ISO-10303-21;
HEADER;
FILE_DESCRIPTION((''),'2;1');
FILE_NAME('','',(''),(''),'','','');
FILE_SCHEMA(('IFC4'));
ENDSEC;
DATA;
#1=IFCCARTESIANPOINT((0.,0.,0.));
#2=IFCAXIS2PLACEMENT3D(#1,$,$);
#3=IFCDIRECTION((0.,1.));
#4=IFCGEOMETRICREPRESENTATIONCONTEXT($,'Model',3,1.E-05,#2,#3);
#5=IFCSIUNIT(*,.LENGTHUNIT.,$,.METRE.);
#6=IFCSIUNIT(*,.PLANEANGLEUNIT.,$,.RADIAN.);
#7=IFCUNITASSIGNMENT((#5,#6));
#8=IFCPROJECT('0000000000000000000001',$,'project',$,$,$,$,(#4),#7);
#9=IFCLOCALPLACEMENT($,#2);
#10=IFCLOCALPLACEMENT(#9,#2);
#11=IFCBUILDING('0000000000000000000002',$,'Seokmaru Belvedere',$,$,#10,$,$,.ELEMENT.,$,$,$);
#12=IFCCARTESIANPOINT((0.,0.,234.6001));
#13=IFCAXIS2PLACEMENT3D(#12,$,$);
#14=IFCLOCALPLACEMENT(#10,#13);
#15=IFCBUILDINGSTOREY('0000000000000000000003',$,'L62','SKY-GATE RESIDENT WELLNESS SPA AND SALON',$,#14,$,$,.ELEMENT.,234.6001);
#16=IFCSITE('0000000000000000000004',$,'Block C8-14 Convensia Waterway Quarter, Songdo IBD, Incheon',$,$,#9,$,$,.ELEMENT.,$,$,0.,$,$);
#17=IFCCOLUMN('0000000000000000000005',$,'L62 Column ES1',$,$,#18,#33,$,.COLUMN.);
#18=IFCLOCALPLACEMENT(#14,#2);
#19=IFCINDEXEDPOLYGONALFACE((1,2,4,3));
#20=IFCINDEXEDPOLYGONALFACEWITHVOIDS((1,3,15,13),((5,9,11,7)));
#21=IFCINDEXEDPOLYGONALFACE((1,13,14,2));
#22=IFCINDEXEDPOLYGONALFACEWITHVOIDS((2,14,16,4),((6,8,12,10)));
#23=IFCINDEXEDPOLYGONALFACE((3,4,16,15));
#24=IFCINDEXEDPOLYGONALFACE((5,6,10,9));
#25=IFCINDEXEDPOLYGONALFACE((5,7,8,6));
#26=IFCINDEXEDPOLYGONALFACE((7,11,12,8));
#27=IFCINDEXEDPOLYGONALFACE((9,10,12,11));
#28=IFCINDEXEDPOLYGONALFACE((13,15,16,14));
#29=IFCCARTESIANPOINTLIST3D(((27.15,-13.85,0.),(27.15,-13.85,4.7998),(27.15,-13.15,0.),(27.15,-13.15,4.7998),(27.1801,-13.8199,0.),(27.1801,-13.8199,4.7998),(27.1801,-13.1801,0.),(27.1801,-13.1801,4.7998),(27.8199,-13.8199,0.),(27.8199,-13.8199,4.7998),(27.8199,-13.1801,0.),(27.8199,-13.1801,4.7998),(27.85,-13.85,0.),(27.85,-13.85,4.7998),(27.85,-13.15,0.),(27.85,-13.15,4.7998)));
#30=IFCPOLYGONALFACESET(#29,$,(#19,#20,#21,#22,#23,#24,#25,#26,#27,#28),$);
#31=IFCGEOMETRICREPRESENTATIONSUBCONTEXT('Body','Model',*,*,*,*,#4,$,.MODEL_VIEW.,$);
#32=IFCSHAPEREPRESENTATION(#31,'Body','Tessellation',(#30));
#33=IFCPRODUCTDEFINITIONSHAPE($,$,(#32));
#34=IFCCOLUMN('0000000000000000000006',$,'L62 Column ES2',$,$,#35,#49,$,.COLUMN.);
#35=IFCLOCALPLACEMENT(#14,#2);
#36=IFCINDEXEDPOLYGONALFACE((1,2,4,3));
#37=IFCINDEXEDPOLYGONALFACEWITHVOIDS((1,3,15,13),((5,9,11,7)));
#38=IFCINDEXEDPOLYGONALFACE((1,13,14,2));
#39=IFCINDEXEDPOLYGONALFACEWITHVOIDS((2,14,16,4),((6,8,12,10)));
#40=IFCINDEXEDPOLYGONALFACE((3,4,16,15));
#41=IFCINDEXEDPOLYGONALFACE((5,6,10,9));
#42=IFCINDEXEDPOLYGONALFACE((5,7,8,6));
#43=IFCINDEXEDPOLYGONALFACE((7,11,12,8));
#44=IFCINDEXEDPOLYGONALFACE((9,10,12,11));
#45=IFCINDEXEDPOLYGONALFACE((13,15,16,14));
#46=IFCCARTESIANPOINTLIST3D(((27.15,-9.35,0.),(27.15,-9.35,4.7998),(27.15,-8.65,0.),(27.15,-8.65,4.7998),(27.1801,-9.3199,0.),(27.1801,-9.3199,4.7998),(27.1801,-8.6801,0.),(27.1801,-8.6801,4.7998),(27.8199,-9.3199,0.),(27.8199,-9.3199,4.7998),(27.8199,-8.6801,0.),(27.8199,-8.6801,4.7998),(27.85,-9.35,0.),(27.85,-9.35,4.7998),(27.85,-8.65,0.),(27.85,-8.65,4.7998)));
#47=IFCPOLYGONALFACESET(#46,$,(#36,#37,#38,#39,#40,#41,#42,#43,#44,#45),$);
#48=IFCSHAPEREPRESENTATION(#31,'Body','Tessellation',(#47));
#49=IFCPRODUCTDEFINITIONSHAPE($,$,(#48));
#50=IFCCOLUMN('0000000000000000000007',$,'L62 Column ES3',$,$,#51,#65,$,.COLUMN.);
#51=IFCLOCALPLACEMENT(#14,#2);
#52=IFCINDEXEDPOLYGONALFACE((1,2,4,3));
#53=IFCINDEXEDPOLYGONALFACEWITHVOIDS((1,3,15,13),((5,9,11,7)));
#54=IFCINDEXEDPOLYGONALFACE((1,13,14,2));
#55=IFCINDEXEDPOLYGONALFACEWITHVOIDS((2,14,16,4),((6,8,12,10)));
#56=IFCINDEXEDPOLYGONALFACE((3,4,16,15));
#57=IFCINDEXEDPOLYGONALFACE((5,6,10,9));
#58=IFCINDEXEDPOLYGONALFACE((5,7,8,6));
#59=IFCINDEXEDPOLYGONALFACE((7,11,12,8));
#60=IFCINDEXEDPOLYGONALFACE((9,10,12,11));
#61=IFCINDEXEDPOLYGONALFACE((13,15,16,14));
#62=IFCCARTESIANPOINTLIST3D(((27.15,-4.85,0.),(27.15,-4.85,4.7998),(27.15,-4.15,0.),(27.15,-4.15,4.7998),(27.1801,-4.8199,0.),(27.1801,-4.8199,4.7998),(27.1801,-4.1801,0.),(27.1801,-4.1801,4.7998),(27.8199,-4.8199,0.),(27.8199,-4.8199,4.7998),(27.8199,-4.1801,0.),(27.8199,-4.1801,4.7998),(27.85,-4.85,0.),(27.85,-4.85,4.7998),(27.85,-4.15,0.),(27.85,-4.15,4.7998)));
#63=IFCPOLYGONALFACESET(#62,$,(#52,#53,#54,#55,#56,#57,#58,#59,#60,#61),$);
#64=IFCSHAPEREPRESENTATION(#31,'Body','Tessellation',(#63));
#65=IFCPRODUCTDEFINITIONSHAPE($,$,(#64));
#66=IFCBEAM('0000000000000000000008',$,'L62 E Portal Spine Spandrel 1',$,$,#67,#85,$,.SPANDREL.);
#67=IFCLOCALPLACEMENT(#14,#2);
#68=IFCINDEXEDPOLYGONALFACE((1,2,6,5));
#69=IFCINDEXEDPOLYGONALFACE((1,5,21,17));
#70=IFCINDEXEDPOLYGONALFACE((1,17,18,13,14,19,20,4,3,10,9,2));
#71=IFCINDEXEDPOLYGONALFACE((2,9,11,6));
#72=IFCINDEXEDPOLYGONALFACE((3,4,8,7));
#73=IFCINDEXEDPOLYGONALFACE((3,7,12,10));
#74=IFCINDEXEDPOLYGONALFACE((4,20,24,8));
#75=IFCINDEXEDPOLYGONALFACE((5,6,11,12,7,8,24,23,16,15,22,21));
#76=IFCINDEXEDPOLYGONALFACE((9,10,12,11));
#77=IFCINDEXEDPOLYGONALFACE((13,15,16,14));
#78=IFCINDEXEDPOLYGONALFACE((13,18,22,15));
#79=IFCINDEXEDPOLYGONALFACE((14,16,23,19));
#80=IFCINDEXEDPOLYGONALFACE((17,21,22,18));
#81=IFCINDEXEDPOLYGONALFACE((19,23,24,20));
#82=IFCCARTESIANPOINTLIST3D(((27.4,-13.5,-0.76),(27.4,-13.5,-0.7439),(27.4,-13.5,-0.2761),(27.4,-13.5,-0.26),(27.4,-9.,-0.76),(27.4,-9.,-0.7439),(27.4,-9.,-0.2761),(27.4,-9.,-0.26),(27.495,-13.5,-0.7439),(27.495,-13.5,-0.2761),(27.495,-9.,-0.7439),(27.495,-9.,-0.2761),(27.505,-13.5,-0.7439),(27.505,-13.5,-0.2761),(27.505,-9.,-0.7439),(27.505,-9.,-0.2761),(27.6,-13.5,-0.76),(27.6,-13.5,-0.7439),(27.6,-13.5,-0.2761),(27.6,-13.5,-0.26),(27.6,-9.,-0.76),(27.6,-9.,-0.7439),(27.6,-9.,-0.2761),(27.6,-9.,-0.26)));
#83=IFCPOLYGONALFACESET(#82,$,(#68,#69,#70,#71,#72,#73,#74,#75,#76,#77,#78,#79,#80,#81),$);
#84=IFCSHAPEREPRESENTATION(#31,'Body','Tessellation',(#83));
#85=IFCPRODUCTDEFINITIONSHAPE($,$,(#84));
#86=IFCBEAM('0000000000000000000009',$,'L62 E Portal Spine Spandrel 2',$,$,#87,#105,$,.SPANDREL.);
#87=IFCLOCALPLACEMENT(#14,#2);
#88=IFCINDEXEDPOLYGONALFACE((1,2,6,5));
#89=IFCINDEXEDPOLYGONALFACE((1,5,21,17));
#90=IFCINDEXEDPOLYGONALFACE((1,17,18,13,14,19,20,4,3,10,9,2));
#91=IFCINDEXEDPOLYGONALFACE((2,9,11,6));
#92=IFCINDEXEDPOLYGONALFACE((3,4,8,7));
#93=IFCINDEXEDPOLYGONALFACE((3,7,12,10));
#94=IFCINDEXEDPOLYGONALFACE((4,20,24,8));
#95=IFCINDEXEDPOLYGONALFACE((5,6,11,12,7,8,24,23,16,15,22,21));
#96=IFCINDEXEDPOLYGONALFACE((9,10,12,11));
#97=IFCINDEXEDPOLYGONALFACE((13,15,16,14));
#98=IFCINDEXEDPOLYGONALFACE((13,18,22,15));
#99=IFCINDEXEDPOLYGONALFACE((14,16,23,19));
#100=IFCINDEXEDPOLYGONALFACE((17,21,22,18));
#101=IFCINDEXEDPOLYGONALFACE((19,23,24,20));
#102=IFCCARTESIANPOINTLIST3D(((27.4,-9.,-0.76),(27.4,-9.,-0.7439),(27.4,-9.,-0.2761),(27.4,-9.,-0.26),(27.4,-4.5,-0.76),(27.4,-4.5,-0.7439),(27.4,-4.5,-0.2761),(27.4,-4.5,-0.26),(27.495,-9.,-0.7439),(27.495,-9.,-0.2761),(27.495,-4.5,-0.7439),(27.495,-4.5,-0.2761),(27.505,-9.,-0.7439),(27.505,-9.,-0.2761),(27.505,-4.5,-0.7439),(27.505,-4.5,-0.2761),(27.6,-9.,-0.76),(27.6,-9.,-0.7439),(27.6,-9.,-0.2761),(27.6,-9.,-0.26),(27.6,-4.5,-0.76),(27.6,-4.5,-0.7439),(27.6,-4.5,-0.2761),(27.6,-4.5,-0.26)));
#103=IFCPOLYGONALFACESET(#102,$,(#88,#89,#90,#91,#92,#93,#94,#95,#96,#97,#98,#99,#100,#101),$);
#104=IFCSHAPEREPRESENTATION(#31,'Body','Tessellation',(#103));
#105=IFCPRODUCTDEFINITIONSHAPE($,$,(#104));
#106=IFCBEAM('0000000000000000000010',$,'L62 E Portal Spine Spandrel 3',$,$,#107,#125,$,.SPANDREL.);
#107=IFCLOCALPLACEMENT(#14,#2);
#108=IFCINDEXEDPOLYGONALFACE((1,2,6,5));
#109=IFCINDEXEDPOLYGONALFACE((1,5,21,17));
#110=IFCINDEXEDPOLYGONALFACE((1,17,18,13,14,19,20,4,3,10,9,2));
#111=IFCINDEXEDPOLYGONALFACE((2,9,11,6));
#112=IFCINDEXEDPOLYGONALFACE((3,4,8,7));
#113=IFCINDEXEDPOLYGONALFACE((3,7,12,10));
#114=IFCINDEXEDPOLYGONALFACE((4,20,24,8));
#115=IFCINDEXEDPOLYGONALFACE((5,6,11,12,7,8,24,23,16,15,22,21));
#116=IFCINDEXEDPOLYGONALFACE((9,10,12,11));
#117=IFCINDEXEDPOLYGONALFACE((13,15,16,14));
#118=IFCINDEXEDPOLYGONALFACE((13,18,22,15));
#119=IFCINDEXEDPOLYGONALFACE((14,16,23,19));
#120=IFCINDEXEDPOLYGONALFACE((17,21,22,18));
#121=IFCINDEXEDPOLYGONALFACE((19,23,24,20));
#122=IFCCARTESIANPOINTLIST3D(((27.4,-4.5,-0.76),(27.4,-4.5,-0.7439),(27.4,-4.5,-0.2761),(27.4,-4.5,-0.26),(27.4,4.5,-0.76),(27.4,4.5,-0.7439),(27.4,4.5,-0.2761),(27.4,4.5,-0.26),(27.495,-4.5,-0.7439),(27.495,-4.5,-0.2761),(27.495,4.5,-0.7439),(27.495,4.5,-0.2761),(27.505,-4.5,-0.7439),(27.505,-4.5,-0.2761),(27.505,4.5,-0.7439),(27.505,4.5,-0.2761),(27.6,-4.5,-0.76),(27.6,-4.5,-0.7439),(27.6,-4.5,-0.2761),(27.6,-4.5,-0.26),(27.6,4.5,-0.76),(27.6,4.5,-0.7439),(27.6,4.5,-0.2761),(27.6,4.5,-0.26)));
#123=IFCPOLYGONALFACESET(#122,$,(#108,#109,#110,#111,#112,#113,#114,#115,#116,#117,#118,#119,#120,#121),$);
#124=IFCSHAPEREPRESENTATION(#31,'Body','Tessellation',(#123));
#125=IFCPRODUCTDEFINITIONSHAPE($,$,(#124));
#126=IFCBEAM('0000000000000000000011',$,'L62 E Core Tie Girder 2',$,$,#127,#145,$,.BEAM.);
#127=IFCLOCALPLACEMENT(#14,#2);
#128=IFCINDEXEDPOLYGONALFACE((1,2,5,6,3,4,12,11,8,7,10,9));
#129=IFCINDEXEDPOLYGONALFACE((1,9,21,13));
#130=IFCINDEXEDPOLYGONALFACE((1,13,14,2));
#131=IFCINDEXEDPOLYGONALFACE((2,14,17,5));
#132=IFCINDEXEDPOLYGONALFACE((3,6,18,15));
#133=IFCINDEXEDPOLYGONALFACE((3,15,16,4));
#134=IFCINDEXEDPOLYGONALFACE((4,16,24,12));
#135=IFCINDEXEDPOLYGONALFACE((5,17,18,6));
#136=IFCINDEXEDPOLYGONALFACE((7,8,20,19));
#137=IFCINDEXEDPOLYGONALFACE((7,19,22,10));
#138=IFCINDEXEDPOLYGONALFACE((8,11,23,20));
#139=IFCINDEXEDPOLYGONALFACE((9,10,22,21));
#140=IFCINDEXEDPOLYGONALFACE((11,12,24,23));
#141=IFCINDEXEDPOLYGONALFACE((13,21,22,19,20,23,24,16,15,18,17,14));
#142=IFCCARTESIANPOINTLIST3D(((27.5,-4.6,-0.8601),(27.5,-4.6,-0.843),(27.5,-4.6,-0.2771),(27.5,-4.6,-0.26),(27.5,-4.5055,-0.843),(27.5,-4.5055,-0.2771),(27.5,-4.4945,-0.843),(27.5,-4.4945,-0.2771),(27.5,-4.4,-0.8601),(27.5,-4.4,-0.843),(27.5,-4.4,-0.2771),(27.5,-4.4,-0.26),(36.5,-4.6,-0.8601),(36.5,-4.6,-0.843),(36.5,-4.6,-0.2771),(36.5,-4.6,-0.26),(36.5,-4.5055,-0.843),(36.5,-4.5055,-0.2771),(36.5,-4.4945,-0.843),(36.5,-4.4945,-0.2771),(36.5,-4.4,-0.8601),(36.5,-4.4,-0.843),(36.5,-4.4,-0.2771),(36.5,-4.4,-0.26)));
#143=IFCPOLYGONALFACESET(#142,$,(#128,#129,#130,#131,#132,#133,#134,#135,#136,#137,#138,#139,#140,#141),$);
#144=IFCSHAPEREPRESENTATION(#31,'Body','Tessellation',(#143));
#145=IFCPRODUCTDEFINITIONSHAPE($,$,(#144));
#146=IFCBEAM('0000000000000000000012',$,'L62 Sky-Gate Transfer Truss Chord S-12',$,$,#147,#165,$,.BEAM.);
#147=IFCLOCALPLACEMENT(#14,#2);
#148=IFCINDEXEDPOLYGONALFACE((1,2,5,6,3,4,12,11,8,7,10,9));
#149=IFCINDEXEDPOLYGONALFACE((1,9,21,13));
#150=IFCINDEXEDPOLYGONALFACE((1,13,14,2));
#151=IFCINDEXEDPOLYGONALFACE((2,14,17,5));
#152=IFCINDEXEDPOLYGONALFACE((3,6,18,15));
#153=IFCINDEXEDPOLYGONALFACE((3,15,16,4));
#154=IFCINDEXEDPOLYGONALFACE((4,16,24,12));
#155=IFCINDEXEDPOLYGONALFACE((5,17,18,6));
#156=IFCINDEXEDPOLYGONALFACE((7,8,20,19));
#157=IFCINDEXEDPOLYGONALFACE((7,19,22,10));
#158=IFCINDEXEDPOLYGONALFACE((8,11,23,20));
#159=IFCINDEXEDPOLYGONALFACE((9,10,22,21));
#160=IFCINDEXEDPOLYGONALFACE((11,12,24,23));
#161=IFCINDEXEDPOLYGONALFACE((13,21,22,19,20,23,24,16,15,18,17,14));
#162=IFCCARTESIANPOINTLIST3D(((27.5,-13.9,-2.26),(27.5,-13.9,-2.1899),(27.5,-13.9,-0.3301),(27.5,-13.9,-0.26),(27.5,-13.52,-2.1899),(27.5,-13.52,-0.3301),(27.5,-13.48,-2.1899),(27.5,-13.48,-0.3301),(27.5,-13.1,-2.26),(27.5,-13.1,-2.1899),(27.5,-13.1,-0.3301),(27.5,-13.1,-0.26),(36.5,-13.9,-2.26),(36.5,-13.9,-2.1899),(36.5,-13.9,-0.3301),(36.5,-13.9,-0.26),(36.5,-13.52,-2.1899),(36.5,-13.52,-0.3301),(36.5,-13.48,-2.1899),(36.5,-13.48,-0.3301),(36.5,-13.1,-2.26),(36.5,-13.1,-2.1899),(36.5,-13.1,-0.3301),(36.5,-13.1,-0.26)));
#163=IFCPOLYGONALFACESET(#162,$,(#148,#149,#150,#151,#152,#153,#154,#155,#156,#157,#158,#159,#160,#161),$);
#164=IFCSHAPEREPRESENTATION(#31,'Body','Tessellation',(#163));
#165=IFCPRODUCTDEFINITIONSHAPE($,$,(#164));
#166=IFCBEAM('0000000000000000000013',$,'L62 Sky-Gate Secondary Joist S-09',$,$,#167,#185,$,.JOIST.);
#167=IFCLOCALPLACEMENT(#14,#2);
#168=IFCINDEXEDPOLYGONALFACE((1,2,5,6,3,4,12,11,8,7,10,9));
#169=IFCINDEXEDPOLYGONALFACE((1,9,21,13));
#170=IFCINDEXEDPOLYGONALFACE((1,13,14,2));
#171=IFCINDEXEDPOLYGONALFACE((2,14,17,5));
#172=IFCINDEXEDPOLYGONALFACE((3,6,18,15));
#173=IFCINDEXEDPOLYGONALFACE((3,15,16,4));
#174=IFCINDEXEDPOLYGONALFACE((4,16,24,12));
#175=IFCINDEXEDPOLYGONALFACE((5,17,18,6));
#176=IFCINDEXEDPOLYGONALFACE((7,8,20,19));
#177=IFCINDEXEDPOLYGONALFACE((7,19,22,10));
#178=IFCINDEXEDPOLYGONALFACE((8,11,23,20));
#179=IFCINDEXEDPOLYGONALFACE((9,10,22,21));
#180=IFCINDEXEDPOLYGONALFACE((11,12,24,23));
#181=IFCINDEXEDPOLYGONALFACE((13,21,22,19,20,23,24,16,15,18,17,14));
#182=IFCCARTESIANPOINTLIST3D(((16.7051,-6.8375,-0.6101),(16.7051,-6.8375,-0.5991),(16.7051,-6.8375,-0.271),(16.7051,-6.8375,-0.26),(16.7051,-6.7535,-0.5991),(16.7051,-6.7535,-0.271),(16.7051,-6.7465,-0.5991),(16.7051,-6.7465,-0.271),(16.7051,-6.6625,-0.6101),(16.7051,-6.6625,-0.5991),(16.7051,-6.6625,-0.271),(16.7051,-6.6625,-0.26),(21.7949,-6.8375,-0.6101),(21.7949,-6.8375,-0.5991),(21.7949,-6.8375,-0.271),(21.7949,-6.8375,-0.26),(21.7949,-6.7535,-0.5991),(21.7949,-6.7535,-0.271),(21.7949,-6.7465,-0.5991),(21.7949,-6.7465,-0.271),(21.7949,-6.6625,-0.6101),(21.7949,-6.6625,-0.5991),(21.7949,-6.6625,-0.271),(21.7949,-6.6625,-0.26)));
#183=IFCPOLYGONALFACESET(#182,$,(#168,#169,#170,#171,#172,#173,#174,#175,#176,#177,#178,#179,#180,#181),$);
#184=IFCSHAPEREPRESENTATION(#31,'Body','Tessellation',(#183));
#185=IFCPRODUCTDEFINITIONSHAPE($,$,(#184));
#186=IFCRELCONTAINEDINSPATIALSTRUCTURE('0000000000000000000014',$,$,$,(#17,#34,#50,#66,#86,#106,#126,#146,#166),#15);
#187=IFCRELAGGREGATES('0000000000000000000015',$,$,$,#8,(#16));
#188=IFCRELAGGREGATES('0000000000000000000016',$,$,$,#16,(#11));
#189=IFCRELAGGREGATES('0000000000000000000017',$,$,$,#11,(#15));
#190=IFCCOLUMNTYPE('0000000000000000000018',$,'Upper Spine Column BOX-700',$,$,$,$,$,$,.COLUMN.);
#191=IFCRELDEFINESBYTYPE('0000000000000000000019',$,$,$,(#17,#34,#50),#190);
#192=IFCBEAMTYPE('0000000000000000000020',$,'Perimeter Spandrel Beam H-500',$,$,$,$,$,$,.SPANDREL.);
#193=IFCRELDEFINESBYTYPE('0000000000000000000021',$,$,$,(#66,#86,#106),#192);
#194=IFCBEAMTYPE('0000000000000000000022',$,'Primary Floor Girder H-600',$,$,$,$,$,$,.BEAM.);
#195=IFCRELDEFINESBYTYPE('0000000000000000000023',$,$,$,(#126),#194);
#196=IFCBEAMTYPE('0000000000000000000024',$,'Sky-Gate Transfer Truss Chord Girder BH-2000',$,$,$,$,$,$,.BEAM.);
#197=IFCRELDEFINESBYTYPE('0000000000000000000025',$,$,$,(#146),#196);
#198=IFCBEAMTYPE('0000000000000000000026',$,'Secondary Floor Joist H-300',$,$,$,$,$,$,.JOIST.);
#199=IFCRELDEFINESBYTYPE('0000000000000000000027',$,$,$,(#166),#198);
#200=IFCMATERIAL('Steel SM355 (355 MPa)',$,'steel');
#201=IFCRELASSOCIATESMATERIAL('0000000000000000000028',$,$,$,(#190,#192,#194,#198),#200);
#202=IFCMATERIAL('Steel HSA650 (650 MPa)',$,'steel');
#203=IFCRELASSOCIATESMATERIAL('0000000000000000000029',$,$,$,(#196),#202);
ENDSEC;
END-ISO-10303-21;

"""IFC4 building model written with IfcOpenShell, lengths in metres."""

from ifc_helpers import new_model, si_unit, direction, frame, origin, origin_2d, place, context, subcontext, project, spatial, hollow_rectangle, i_section, extrude, source, transform, mapped, material, material_profile, profile_set, type_object, type_shapes, element, save


model = new_model("IFC4")

# Units and contexts
model_context = context("Model", 3, precision=1e-05, world=origin(), true_north=direction((0.0, 1.0)))
body_context = subcontext(model_context, "Body", "Model", "MODEL_VIEW")
ifc_project = project(units=[si_unit("LENGTHUNIT", "METRE"), si_unit("PLANEANGLEUNIT", "RADIAN")], contexts=[model_context])

# Site, building, storey
site_placement = place(None, origin())
site = spatial("IfcSite", under=ifc_project, at=site_placement, Name="Block C8-14 Convensia Waterway Quarter, Songdo IBD, Incheon", CompositionType="ELEMENT", RefElevation=0.0)
building_placement = place(site_placement, origin())
building = spatial("IfcBuilding", under=site, at=building_placement, Name="Seokmaru Belvedere", CompositionType="ELEMENT")
storey_placement = place(building_placement, frame((0.0, 0.0, 234.6001)))
storey = spatial("IfcBuildingStorey", under=building, at=storey_placement, Name="L62", Description="SKY-GATE RESIDENT WELLNESS SPA AND SALON", CompositionType="ELEMENT", Elevation=234.6001)

# Columns
ifc_material_1 = material(Name="Steel SM355 (355 MPa)", Category="steel")
ifc_material_profile_1 = material_profile(ifc_material_1, hollow_rectangle(XDim=0.7, YDim=0.7, WallThickness=0.03, at=origin_2d()), Name="BOX-700x700x30")
ifc_profile_set_1 = profile_set([ifc_material_profile_1], Name="Steel SM355 (355 MPa)")
column_type = type_object("IfcColumnType", Name="Upper Spine Column BOX-700", PredefinedType="COLUMN", material=ifc_profile_set_1)
shared_shape_1 = source(origin(), body_context, "Body", "SweptSolid", [
    extrude(hollow_rectangle(XDim=0.7, YDim=0.7, WallThickness=0.03, at=origin_2d()), origin(), (0.0, 0.0, 1.0), 4.7998),
])
type_shapes(column_type, [shared_shape_1])
for number, where, z_axis, x_axis, name in (
    (1, (27.5, -13.5, 0.0), (0.0, 0.0, 1.0), (1.0, 0.0, 0.0), "L62 Column ES1"),
    (2, (27.5, -9.0, 0.0), (0.0, 0.0, 1.0), (1.0, 0.0, 0.0), "L62 Column ES2"),
    (3, (27.5, -4.5, 0.0), (0.0, 0.0, 1.0), (1.0, 0.0, 0.0), "L62 Column ES3"),
):
    element("IfcColumn", number, at=place(storey_placement, frame(where, z_axis=z_axis, x_axis=x_axis)), inside=storey, type_object=column_type, Name=name, PredefinedType="COLUMN", context=body_context, shape_type="MappedRepresentation", body=[
        mapped(shared_shape_1, transform((0.0, 0.0, 0.0), scale=1.0)),
    ])

# Beams
ifc_material_profile_2 = material_profile(ifc_material_1, i_section(OverallWidth=0.2, OverallDepth=0.5, WebThickness=0.01, FlangeThickness=0.0161, at=origin_2d()), Name="H-500x200x10x16")
ifc_profile_set_2 = profile_set([ifc_material_profile_2], Name="Steel SM355 (355 MPa)")
beam_type_1 = type_object("IfcBeamType", Name="Perimeter Spandrel Beam H-500", PredefinedType="SPANDREL", material=ifc_profile_set_2)
shared_shape_2 = source(origin(), body_context, "Body", "SweptSolid", [
    extrude(i_section(OverallWidth=0.2, OverallDepth=0.5, WebThickness=0.01, FlangeThickness=0.0161, at=origin_2d()), origin(), (0.0, 0.0, 1.0), 4.5),
])
for number, where, z_axis, x_axis, name in (
    (4, (27.5, -13.5, -0.51), (0.0, 1.0, 0.0), (-1.0, 0.0, 0.0), "L62 E Portal Spine Spandrel 1"),
    (5, (27.5, -9.0, -0.51), (0.0, 1.0, 0.0), (-1.0, 0.0, 0.0), "L62 E Portal Spine Spandrel 2"),
):
    element("IfcBeam", number, at=place(storey_placement, frame(where, z_axis=z_axis, x_axis=x_axis)), inside=storey, type_object=beam_type_1, Name=name, PredefinedType="SPANDREL", context=body_context, shape_type="MappedRepresentation", body=[
        mapped(shared_shape_2, transform((0.0, 0.0, 0.0), scale=1.0)),
    ])
shared_shape_3 = source(origin(), body_context, "Body", "SweptSolid", [
    extrude(i_section(OverallWidth=0.2, OverallDepth=0.5, WebThickness=0.01, FlangeThickness=0.0161, at=origin_2d()), origin(), (0.0, 0.0, 1.0), 9.0),
])
type_shapes(beam_type_1, [shared_shape_2, shared_shape_3])
beam_1_placement = place(storey_placement, frame((27.5, -4.5, -0.51), z_axis=(0.0, 1.0, 0.0), x_axis=(-1.0, 0.0, 0.0)))
element("IfcBeam", 6, at=beam_1_placement, inside=storey, type_object=beam_type_1, Name="L62 E Portal Spine Spandrel 3", PredefinedType="SPANDREL", context=body_context, shape_type="MappedRepresentation", body=[
    mapped(shared_shape_3, transform((0.0, 0.0, 0.0), scale=1.0)),
])
ifc_material_profile_3 = material_profile(ifc_material_1, i_section(OverallWidth=0.2, OverallDepth=0.6001, WebThickness=0.011, FlangeThickness=0.0171, at=origin_2d()), Name="H-600x200x11x17")
ifc_profile_set_3 = profile_set([ifc_material_profile_3], Name="Steel SM355 (355 MPa)")
beam_type_2 = type_object("IfcBeamType", Name="Primary Floor Girder H-600", PredefinedType="BEAM", material=ifc_profile_set_3)
shared_shape_4 = source(origin(), body_context, "Body", "SweptSolid", [
    extrude(i_section(OverallWidth=0.2, OverallDepth=0.6001, WebThickness=0.011, FlangeThickness=0.0171, at=origin_2d()), origin(), (0.0, 0.0, 1.0), 9.0),
])
type_shapes(beam_type_2, [shared_shape_4])
beam_2_placement = place(storey_placement, frame((27.5, -4.5, -0.5601), z_axis=(1.0, 0.0, 0.0), x_axis=(0.0, 1.0, 0.0)))
element("IfcBeam", 7, at=beam_2_placement, inside=storey, type_object=beam_type_2, Name="L62 E Core Tie Girder 2", PredefinedType="BEAM", context=body_context, shape_type="MappedRepresentation", body=[
    mapped(shared_shape_4, transform((0.0, 0.0, 0.0), scale=1.0)),
])
ifc_material_2 = material(Name="Steel HSA650 (650 MPa)", Category="steel")
ifc_material_profile_4 = material_profile(ifc_material_2, i_section(OverallWidth=0.8, OverallDepth=2.0, WebThickness=0.04, FlangeThickness=0.0701, at=origin_2d()), Name="BH-2000x800x40x70")
ifc_profile_set_4 = profile_set([ifc_material_profile_4], Name="Steel HSA650 (650 MPa)")
beam_type_3 = type_object("IfcBeamType", Name="Sky-Gate Transfer Truss Chord Girder BH-2000", PredefinedType="BEAM", material=ifc_profile_set_4)
shared_shape_5 = source(origin(), body_context, "Body", "SweptSolid", [
    extrude(i_section(OverallWidth=0.8, OverallDepth=2.0, WebThickness=0.04, FlangeThickness=0.0701, at=origin_2d()), origin(), (0.0, 0.0, 1.0), 9.0),
])
type_shapes(beam_type_3, [shared_shape_5])
beam_3_placement = place(storey_placement, frame((27.5, -13.5, -1.26), z_axis=(1.0, 0.0, 0.0), x_axis=(0.0, 1.0, 0.0)))
element("IfcBeam", 8, at=beam_3_placement, inside=storey, type_object=beam_type_3, Name="L62 Sky-Gate Transfer Truss Chord S-12", PredefinedType="BEAM", context=body_context, shape_type="MappedRepresentation", body=[
    mapped(shared_shape_5, transform((0.0, 0.0, 0.0), scale=1.0)),
])
ifc_material_profile_5 = material_profile(ifc_material_1, i_section(OverallWidth=0.175, OverallDepth=0.3501, WebThickness=0.0071, FlangeThickness=0.011, at=origin_2d()), Name="H-350x175x7x11")
ifc_profile_set_5 = profile_set([ifc_material_profile_5], Name="Steel SM355 (355 MPa)")
beam_type_4 = type_object("IfcBeamType", Name="Secondary Floor Joist H-300", PredefinedType="JOIST", material=ifc_profile_set_5)
shared_shape_6 = source(origin(), body_context, "Body", "SweptSolid", [
    extrude(i_section(OverallWidth=0.175, OverallDepth=0.3501, WebThickness=0.0071, FlangeThickness=0.011, at=origin_2d()), origin(), (0.0, 0.0, 1.0), 5.0898),
])
type_shapes(beam_type_4, [shared_shape_6])
for number, where, z_axis, x_axis, name in (
    (9, (16.7051, -6.75, -0.4351), (1.0, 0.0, 0.0), (0.0, 1.0, 0.0), "L62 Sky-Gate Secondary Joist S-09"),
):
    element("IfcBeam", number, at=place(storey_placement, frame(where, z_axis=z_axis, x_axis=x_axis)), inside=storey, type_object=beam_type_4, Name=name, PredefinedType="JOIST", context=body_context, shape_type="MappedRepresentation", body=[
        mapped(shared_shape_6, transform((0.0, 0.0, 0.0), scale=1.0)),
    ])

save(model, "model.ifc")
